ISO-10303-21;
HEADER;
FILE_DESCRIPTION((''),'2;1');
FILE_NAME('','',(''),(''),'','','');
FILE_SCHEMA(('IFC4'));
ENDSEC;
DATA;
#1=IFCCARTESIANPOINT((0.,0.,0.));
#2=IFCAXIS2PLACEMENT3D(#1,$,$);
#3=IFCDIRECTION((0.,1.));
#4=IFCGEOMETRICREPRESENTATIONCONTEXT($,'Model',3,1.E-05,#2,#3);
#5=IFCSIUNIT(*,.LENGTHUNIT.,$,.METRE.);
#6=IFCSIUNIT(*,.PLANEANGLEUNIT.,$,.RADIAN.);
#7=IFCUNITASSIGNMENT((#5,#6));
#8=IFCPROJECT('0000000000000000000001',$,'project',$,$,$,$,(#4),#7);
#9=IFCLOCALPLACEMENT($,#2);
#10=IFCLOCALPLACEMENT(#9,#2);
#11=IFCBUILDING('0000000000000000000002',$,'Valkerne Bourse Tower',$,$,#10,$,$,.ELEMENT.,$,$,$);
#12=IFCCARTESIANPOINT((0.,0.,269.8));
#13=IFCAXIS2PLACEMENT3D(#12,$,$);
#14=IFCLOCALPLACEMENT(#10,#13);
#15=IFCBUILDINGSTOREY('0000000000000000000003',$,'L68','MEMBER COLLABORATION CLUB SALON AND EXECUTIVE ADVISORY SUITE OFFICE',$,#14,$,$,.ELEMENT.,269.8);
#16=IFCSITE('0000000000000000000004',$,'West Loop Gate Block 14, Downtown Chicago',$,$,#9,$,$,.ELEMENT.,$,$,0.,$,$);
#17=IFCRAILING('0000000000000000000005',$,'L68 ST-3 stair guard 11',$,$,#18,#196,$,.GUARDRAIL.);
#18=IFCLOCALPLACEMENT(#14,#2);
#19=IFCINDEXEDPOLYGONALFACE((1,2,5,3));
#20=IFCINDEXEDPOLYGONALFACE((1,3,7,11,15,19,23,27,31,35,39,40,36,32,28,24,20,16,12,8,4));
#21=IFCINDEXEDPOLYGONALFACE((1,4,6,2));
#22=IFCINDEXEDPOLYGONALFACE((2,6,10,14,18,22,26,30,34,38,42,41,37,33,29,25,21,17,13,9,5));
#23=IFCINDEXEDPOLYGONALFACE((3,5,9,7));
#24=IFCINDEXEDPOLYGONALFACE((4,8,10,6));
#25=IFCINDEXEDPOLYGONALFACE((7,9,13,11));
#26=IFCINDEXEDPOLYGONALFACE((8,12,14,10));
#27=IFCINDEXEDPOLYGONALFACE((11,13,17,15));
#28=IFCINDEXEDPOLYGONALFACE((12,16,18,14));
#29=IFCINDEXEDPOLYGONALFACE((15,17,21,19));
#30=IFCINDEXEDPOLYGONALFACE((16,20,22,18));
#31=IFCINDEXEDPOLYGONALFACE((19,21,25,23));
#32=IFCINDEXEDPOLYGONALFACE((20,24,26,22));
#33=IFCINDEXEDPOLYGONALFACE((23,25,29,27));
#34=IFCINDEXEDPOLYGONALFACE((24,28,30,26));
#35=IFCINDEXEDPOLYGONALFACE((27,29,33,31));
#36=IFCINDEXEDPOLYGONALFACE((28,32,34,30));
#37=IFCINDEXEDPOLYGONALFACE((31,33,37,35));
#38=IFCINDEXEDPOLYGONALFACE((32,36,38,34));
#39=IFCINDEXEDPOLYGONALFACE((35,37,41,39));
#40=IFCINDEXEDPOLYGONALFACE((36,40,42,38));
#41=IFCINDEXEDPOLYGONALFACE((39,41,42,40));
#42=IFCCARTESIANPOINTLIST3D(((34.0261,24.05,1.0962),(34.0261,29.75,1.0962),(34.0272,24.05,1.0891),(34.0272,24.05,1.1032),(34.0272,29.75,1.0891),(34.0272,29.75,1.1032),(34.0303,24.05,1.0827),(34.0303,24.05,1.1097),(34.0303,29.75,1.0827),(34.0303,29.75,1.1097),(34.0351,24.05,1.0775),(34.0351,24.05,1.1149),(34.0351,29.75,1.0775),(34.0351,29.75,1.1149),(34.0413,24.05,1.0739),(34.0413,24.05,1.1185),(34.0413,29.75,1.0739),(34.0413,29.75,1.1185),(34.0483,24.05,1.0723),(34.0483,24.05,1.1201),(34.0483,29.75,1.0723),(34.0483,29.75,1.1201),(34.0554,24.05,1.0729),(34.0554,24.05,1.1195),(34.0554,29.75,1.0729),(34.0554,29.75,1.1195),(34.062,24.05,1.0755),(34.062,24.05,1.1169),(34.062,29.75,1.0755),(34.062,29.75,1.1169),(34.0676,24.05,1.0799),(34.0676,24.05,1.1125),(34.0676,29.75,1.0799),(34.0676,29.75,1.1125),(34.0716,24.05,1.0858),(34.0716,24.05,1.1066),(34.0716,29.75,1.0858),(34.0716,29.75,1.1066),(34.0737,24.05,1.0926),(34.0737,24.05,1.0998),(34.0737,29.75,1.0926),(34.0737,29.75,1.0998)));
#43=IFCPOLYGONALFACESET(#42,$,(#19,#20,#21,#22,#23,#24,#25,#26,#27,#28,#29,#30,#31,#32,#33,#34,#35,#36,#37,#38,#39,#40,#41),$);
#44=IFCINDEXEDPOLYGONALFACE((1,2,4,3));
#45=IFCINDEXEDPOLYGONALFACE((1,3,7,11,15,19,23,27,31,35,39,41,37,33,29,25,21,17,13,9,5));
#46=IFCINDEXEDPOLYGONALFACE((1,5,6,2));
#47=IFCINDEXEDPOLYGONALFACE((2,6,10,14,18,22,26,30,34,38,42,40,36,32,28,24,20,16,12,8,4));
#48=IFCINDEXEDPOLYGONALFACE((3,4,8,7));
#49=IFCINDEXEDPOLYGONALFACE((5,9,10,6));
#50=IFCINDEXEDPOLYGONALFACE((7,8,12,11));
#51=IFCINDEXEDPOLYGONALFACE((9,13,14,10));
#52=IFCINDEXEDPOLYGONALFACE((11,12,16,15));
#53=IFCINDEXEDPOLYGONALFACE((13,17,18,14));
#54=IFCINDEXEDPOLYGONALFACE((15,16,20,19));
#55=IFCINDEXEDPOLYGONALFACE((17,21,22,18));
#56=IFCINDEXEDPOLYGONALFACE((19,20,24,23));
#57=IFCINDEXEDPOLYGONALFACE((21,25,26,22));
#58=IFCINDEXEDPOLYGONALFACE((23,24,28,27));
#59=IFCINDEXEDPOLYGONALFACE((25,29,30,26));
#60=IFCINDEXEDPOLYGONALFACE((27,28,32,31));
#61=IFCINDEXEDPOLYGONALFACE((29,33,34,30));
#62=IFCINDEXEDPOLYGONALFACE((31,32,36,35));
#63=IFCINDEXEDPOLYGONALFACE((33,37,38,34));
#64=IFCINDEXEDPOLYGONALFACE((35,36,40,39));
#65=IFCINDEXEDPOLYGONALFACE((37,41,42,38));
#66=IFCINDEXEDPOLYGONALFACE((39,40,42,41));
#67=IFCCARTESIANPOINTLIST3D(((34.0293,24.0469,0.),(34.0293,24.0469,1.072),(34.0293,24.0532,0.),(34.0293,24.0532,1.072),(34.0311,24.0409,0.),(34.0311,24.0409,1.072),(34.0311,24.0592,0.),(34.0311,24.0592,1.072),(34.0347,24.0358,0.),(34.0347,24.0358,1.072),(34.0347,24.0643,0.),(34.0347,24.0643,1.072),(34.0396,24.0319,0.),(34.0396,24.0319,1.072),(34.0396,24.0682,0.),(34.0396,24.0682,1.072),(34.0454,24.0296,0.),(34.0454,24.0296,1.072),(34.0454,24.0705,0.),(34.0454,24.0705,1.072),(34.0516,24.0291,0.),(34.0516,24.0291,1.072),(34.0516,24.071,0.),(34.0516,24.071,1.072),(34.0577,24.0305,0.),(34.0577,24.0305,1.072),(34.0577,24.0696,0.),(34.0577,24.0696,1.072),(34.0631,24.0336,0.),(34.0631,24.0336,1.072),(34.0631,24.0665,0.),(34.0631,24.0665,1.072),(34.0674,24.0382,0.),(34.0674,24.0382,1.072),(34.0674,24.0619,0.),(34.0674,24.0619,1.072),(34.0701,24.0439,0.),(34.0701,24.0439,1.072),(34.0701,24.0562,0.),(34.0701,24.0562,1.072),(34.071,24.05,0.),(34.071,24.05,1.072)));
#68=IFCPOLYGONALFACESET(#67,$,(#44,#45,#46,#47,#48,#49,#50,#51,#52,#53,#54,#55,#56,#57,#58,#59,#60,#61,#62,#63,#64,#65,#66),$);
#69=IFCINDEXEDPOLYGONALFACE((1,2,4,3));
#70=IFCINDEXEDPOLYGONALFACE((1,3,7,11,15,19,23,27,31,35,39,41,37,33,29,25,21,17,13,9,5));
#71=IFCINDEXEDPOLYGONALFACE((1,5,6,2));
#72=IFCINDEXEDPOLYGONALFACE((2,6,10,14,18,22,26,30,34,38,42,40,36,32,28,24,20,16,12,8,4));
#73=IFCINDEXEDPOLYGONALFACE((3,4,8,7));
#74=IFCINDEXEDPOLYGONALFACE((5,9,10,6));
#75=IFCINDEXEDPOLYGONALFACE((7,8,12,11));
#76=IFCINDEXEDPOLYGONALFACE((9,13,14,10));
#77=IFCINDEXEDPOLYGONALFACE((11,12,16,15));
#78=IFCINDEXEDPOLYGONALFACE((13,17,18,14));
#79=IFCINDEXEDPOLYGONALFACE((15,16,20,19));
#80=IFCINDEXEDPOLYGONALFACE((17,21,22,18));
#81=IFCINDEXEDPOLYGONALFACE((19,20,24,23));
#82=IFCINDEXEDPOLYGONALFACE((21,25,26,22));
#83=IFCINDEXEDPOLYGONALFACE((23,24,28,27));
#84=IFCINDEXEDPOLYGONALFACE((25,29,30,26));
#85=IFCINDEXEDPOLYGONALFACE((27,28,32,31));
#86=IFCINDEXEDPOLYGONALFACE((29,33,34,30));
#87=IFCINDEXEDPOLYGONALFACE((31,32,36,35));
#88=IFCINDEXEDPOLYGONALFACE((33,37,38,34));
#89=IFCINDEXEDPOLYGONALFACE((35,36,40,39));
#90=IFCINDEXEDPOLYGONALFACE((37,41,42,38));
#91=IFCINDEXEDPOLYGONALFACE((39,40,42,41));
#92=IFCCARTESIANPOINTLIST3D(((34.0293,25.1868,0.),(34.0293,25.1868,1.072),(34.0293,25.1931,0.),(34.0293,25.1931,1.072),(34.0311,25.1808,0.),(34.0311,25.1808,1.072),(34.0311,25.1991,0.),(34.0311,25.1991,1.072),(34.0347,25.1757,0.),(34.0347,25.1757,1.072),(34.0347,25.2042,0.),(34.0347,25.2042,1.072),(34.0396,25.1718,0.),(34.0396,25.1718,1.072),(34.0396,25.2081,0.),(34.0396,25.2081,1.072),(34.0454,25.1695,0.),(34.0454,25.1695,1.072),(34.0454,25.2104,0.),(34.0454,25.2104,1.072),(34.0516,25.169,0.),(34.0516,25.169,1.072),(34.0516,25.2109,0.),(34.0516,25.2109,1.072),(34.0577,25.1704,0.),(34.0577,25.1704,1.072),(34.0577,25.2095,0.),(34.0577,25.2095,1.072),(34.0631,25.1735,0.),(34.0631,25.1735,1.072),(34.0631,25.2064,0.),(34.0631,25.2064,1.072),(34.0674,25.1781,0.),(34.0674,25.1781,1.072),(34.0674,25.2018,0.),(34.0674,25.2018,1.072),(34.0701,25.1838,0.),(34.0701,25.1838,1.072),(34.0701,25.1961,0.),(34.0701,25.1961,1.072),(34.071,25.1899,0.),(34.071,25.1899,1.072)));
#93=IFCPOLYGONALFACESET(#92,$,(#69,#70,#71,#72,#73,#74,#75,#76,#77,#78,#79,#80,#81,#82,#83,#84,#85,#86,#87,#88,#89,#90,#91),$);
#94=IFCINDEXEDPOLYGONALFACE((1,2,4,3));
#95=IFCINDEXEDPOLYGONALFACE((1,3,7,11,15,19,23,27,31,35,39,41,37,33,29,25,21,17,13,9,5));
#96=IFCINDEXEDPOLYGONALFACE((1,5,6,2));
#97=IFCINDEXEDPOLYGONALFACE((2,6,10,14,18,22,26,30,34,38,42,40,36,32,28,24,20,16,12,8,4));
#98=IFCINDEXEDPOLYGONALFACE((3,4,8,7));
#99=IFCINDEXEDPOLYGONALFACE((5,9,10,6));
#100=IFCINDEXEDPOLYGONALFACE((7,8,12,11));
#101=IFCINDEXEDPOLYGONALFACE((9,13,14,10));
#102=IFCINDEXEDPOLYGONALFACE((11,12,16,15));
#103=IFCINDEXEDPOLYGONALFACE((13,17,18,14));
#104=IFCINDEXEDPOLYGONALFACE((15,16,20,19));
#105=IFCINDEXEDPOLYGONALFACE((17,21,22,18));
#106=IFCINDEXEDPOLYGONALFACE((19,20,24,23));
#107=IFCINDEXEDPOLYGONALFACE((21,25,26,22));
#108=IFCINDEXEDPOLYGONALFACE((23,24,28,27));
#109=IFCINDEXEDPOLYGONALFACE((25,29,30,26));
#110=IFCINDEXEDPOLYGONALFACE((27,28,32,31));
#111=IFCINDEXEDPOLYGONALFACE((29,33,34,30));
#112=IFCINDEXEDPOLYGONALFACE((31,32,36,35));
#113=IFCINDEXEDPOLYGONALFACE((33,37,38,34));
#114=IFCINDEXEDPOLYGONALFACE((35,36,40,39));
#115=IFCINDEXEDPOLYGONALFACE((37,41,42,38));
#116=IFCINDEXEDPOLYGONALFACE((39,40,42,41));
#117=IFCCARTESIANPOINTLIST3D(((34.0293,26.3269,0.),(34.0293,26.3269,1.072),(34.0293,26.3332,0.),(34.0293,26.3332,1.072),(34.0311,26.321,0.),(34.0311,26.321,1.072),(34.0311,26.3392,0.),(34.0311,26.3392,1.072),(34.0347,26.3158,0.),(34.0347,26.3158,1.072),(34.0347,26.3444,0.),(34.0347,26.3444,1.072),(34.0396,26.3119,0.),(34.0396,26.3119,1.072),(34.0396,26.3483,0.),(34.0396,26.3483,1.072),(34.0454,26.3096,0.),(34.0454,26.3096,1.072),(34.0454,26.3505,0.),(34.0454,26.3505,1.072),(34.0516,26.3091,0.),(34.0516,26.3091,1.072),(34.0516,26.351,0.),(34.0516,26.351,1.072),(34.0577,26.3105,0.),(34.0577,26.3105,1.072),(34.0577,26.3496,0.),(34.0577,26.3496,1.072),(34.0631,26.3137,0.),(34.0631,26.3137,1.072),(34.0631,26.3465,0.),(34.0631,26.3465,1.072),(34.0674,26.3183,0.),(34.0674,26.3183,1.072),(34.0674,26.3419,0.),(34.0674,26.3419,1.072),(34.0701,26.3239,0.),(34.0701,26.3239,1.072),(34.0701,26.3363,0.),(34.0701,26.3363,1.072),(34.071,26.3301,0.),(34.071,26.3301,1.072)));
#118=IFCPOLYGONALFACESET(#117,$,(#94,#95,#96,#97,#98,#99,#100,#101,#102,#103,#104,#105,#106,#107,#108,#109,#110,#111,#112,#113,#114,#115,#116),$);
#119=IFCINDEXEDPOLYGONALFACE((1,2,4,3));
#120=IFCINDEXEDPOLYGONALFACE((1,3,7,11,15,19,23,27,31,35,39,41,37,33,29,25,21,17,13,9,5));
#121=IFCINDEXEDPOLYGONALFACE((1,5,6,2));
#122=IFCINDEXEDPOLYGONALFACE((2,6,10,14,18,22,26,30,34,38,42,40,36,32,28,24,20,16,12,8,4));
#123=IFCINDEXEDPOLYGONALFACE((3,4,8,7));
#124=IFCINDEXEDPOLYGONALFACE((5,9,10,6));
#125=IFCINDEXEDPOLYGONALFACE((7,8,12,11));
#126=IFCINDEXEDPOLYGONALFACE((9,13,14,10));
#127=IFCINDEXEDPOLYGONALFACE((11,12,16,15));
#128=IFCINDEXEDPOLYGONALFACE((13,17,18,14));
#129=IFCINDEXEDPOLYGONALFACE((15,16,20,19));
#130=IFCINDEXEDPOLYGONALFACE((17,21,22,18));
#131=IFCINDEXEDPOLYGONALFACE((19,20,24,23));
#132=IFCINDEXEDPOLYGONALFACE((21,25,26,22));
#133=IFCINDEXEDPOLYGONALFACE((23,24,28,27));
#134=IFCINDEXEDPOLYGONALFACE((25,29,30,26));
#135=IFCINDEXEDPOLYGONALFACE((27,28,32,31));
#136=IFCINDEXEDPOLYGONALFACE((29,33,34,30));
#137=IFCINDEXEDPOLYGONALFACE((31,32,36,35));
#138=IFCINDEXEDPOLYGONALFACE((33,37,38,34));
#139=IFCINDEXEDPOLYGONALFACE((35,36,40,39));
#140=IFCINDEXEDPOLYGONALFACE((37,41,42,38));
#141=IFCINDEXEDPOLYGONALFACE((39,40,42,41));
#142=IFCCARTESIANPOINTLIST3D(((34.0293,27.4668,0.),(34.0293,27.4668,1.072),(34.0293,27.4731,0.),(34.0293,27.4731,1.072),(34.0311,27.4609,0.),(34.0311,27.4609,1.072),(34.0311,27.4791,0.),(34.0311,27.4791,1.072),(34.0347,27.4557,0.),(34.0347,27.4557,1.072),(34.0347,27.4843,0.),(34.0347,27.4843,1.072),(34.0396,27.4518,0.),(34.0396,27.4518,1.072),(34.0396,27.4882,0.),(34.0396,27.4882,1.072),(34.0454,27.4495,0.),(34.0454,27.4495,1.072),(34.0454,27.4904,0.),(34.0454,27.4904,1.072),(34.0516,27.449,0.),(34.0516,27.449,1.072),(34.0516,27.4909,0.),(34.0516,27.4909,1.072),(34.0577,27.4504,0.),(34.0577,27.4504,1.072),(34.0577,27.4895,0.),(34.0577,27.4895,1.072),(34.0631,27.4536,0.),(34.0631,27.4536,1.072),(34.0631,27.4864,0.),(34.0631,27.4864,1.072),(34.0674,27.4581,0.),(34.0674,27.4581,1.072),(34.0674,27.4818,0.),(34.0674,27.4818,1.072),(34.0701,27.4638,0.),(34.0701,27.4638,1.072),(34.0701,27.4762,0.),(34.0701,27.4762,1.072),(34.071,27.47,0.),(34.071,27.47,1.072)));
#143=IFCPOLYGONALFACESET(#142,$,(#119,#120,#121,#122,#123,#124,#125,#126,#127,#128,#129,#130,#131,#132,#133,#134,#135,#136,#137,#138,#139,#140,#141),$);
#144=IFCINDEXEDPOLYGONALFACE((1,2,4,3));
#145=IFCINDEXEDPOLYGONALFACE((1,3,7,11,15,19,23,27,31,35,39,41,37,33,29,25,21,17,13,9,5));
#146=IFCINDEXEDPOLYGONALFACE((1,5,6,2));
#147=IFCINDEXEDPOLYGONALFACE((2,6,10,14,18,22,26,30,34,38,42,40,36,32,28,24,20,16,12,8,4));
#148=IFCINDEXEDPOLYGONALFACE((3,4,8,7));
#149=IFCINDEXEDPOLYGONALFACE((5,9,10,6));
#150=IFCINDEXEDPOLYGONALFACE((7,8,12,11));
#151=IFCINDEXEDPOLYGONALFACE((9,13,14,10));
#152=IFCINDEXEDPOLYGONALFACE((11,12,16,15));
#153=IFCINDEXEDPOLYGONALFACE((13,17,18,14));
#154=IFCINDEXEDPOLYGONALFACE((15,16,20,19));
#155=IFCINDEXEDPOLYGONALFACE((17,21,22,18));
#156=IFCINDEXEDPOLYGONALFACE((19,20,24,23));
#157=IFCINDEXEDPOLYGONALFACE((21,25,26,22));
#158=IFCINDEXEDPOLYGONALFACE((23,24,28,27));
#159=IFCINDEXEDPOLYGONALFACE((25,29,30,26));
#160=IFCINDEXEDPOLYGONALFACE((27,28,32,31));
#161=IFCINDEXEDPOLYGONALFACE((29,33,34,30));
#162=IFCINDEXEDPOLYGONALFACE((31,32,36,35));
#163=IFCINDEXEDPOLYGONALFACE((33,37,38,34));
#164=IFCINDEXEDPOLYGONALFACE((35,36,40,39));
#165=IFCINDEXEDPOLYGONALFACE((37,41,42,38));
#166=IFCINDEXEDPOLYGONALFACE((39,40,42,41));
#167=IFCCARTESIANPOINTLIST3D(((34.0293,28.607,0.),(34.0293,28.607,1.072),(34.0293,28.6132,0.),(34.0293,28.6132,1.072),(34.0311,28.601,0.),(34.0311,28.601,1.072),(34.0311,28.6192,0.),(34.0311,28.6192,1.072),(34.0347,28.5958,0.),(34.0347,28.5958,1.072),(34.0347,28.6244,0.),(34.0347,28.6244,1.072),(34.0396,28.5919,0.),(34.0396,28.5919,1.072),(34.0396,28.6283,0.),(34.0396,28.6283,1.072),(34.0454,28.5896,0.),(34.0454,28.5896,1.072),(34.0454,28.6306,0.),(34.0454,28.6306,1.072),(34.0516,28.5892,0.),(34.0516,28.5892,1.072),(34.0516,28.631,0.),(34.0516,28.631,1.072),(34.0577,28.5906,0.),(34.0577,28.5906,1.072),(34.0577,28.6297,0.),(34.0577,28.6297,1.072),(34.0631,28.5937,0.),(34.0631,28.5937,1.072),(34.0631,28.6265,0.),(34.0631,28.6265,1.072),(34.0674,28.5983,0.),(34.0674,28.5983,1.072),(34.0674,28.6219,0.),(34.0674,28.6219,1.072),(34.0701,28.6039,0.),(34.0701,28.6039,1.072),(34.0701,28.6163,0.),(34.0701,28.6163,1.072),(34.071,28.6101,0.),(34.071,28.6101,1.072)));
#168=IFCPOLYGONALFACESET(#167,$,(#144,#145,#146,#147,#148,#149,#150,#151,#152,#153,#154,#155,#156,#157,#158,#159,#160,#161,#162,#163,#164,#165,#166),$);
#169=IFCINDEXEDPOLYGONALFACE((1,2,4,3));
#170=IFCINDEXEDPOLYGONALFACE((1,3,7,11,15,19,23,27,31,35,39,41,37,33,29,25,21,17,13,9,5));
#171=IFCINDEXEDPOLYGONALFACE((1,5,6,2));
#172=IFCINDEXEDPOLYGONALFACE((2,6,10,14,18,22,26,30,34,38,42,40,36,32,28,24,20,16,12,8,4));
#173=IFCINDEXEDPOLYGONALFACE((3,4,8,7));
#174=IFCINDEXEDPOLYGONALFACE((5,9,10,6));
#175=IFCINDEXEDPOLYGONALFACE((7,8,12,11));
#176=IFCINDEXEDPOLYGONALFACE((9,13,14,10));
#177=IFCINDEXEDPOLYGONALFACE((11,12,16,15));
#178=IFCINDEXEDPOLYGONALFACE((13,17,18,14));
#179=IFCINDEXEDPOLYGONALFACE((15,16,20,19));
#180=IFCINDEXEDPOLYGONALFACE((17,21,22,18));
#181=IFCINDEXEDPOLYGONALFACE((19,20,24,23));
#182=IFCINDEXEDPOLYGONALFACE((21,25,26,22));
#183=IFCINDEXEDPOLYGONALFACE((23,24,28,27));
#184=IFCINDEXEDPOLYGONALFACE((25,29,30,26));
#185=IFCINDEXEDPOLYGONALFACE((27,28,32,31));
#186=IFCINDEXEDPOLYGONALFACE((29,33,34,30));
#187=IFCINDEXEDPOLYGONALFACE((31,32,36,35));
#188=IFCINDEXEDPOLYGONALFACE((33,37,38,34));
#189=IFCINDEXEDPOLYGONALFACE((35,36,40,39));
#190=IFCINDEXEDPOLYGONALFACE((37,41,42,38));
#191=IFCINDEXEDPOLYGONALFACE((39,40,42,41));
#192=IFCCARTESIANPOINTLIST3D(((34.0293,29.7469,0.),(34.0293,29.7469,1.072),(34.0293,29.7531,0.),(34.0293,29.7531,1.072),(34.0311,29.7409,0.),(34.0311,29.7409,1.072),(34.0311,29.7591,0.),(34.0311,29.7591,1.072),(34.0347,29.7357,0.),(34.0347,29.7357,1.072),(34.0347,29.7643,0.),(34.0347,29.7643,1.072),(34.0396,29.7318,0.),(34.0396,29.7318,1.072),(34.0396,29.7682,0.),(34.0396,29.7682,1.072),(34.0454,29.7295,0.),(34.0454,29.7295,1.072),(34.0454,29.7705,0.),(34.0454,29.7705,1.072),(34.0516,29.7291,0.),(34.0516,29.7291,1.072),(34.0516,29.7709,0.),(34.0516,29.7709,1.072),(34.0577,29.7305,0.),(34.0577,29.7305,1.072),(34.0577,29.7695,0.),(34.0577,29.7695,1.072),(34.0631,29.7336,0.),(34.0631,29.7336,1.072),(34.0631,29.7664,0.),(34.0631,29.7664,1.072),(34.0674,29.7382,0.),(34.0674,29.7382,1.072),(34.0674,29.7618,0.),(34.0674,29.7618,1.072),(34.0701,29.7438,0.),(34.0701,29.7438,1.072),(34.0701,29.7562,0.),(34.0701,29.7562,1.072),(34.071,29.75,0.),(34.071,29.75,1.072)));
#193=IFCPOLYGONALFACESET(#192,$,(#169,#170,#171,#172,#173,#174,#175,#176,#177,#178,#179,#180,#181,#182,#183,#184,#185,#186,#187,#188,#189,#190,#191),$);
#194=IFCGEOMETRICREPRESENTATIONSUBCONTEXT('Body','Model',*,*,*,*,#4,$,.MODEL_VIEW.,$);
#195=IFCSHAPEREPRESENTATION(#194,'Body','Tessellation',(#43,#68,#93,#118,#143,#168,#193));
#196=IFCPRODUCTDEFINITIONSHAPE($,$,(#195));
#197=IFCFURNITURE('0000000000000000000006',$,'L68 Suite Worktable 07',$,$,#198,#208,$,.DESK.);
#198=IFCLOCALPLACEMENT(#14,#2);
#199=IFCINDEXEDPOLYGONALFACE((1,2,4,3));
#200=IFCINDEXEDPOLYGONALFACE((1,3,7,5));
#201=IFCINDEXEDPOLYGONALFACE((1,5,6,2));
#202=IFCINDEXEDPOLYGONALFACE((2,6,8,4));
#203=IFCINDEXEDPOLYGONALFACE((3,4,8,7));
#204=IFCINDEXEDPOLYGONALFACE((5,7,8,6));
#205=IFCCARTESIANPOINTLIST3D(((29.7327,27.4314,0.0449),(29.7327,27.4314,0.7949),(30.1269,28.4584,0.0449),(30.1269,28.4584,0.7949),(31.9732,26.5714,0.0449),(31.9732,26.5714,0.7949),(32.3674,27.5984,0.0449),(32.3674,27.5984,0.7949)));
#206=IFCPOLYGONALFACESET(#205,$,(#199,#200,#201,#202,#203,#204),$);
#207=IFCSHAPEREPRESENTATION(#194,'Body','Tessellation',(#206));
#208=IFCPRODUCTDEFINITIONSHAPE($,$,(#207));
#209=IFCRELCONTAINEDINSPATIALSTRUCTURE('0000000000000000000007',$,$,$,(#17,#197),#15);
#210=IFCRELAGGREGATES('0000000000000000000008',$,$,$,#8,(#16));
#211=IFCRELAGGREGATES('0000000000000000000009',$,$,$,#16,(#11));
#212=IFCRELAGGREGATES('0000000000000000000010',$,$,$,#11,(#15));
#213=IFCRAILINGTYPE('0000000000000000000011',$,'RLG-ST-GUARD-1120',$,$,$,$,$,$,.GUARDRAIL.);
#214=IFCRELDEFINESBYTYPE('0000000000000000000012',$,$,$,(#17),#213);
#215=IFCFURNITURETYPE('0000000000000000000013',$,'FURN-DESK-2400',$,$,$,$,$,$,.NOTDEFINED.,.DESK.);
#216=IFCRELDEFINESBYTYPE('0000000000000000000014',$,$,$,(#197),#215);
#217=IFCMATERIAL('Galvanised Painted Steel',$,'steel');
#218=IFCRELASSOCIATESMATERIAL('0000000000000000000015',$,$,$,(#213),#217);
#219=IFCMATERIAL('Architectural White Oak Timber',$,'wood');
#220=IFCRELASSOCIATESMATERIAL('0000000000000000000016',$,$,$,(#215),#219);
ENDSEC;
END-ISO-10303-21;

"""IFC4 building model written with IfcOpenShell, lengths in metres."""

from ifc_helpers import new_model, si_unit, direction, frame, origin, origin_2d, place, context, subcontext, project, spatial, rectangle, circle, extrude, material, type_object, element, save


model = new_model("IFC4")

# Units and contexts
model_context = context("Model", 3, precision=1e-05, world=origin(), true_north=direction((0.0, 1.0)))
body_context = subcontext(model_context, "Body", "Model", "MODEL_VIEW")
ifc_project = project(units=[si_unit("LENGTHUNIT", "METRE"), si_unit("PLANEANGLEUNIT", "RADIAN")], contexts=[model_context])

# Site, building, storey
site_placement = place(None, origin())
site = spatial("IfcSite", under=ifc_project, at=site_placement, Name="West Loop Gate Block 14, Downtown Chicago", CompositionType="ELEMENT", RefElevation=0.0)
building_placement = place(site_placement, origin())
building = spatial("IfcBuilding", under=site, at=building_placement, Name="Valkerne Bourse Tower", CompositionType="ELEMENT")
storey_placement = place(building_placement, frame((0.0, 0.0, 269.8)))
storey = spatial("IfcBuildingStorey", under=building, at=storey_placement, Name="L68", Description="MEMBER COLLABORATION CLUB SALON AND EXECUTIVE ADVISORY SUITE OFFICE", CompositionType="ELEMENT", Elevation=269.8)

# Shared definitions
ifc_material_1 = material(Name="Architectural White Oak Timber", Category="wood")
ifc_material_2 = material(Name="Galvanised Painted Steel", Category="steel")

# Railing
railing_type = type_object("IfcRailingType", Name="RLG-ST-GUARD-1120", PredefinedType="GUARDRAIL", material=ifc_material_2)
railing_1_placement = place(storey_placement, frame((34.05, 24.05, 0.0)))
element("IfcRailing", 1, at=railing_1_placement, inside=storey, type_object=railing_type, Name="L68 ST-3 stair guard 11", PredefinedType="GUARDRAIL", context=body_context, shape_type="SweptSolid", body=[
    extrude(circle(Radius=0.0239, at=origin_2d()), frame((0.0, 0.0, 1.0962), z_axis=(0.0, 1.0, 0.0), x_axis=(-1.0, 0.0, 0.0)), (0.0, 0.0, 1.0), 5.7),
    extrude(circle(Radius=0.021, at=origin_2d()), origin(), (0.0, 0.0, 1.0), 1.072),
    extrude(circle(Radius=0.021, at=origin_2d()), frame((0.0, 1.1399, 0.0)), (0.0, 0.0, 1.0), 1.072),
    extrude(circle(Radius=0.021, at=origin_2d()), frame((0.0, 2.28, 0.0)), (0.0, 0.0, 1.0), 1.072),
    extrude(circle(Radius=0.021, at=origin_2d()), frame((0.0, 3.4199, 0.0)), (0.0, 0.0, 1.0), 1.072),
    extrude(circle(Radius=0.021, at=origin_2d()), frame((0.0, 4.5601, 0.0)), (0.0, 0.0, 1.0), 1.072),
    extrude(circle(Radius=0.021, at=origin_2d()), frame((0.0, 5.7, 0.0)), (0.0, 0.0, 1.0), 1.072),
])

# Furniture
furniture_type = type_object("IfcFurnitureType", Name="FURN-DESK-2400", AssemblyPlace="NOTDEFINED", PredefinedType="DESK", material=ifc_material_1)
furniture_placement = place(storey_placement, frame((31.05, 27.5149, 0.0449), z_axis=(0.0, 0.0, 1.0), x_axis=(-0.93358, 0.358368, 0.0)))
element("IfcFurniture", 2, at=furniture_placement, inside=storey, type_object=furniture_type, Name="L68 Suite Worktable 07", PredefinedType="DESK", context=body_context, shape_type="SweptSolid", body=[
    extrude(rectangle(XDim=2.3999, YDim=1.1001, at=origin_2d()), origin(), (0.0, 0.0, 1.0), 0.75),
])

save(model, "model.ifc")
